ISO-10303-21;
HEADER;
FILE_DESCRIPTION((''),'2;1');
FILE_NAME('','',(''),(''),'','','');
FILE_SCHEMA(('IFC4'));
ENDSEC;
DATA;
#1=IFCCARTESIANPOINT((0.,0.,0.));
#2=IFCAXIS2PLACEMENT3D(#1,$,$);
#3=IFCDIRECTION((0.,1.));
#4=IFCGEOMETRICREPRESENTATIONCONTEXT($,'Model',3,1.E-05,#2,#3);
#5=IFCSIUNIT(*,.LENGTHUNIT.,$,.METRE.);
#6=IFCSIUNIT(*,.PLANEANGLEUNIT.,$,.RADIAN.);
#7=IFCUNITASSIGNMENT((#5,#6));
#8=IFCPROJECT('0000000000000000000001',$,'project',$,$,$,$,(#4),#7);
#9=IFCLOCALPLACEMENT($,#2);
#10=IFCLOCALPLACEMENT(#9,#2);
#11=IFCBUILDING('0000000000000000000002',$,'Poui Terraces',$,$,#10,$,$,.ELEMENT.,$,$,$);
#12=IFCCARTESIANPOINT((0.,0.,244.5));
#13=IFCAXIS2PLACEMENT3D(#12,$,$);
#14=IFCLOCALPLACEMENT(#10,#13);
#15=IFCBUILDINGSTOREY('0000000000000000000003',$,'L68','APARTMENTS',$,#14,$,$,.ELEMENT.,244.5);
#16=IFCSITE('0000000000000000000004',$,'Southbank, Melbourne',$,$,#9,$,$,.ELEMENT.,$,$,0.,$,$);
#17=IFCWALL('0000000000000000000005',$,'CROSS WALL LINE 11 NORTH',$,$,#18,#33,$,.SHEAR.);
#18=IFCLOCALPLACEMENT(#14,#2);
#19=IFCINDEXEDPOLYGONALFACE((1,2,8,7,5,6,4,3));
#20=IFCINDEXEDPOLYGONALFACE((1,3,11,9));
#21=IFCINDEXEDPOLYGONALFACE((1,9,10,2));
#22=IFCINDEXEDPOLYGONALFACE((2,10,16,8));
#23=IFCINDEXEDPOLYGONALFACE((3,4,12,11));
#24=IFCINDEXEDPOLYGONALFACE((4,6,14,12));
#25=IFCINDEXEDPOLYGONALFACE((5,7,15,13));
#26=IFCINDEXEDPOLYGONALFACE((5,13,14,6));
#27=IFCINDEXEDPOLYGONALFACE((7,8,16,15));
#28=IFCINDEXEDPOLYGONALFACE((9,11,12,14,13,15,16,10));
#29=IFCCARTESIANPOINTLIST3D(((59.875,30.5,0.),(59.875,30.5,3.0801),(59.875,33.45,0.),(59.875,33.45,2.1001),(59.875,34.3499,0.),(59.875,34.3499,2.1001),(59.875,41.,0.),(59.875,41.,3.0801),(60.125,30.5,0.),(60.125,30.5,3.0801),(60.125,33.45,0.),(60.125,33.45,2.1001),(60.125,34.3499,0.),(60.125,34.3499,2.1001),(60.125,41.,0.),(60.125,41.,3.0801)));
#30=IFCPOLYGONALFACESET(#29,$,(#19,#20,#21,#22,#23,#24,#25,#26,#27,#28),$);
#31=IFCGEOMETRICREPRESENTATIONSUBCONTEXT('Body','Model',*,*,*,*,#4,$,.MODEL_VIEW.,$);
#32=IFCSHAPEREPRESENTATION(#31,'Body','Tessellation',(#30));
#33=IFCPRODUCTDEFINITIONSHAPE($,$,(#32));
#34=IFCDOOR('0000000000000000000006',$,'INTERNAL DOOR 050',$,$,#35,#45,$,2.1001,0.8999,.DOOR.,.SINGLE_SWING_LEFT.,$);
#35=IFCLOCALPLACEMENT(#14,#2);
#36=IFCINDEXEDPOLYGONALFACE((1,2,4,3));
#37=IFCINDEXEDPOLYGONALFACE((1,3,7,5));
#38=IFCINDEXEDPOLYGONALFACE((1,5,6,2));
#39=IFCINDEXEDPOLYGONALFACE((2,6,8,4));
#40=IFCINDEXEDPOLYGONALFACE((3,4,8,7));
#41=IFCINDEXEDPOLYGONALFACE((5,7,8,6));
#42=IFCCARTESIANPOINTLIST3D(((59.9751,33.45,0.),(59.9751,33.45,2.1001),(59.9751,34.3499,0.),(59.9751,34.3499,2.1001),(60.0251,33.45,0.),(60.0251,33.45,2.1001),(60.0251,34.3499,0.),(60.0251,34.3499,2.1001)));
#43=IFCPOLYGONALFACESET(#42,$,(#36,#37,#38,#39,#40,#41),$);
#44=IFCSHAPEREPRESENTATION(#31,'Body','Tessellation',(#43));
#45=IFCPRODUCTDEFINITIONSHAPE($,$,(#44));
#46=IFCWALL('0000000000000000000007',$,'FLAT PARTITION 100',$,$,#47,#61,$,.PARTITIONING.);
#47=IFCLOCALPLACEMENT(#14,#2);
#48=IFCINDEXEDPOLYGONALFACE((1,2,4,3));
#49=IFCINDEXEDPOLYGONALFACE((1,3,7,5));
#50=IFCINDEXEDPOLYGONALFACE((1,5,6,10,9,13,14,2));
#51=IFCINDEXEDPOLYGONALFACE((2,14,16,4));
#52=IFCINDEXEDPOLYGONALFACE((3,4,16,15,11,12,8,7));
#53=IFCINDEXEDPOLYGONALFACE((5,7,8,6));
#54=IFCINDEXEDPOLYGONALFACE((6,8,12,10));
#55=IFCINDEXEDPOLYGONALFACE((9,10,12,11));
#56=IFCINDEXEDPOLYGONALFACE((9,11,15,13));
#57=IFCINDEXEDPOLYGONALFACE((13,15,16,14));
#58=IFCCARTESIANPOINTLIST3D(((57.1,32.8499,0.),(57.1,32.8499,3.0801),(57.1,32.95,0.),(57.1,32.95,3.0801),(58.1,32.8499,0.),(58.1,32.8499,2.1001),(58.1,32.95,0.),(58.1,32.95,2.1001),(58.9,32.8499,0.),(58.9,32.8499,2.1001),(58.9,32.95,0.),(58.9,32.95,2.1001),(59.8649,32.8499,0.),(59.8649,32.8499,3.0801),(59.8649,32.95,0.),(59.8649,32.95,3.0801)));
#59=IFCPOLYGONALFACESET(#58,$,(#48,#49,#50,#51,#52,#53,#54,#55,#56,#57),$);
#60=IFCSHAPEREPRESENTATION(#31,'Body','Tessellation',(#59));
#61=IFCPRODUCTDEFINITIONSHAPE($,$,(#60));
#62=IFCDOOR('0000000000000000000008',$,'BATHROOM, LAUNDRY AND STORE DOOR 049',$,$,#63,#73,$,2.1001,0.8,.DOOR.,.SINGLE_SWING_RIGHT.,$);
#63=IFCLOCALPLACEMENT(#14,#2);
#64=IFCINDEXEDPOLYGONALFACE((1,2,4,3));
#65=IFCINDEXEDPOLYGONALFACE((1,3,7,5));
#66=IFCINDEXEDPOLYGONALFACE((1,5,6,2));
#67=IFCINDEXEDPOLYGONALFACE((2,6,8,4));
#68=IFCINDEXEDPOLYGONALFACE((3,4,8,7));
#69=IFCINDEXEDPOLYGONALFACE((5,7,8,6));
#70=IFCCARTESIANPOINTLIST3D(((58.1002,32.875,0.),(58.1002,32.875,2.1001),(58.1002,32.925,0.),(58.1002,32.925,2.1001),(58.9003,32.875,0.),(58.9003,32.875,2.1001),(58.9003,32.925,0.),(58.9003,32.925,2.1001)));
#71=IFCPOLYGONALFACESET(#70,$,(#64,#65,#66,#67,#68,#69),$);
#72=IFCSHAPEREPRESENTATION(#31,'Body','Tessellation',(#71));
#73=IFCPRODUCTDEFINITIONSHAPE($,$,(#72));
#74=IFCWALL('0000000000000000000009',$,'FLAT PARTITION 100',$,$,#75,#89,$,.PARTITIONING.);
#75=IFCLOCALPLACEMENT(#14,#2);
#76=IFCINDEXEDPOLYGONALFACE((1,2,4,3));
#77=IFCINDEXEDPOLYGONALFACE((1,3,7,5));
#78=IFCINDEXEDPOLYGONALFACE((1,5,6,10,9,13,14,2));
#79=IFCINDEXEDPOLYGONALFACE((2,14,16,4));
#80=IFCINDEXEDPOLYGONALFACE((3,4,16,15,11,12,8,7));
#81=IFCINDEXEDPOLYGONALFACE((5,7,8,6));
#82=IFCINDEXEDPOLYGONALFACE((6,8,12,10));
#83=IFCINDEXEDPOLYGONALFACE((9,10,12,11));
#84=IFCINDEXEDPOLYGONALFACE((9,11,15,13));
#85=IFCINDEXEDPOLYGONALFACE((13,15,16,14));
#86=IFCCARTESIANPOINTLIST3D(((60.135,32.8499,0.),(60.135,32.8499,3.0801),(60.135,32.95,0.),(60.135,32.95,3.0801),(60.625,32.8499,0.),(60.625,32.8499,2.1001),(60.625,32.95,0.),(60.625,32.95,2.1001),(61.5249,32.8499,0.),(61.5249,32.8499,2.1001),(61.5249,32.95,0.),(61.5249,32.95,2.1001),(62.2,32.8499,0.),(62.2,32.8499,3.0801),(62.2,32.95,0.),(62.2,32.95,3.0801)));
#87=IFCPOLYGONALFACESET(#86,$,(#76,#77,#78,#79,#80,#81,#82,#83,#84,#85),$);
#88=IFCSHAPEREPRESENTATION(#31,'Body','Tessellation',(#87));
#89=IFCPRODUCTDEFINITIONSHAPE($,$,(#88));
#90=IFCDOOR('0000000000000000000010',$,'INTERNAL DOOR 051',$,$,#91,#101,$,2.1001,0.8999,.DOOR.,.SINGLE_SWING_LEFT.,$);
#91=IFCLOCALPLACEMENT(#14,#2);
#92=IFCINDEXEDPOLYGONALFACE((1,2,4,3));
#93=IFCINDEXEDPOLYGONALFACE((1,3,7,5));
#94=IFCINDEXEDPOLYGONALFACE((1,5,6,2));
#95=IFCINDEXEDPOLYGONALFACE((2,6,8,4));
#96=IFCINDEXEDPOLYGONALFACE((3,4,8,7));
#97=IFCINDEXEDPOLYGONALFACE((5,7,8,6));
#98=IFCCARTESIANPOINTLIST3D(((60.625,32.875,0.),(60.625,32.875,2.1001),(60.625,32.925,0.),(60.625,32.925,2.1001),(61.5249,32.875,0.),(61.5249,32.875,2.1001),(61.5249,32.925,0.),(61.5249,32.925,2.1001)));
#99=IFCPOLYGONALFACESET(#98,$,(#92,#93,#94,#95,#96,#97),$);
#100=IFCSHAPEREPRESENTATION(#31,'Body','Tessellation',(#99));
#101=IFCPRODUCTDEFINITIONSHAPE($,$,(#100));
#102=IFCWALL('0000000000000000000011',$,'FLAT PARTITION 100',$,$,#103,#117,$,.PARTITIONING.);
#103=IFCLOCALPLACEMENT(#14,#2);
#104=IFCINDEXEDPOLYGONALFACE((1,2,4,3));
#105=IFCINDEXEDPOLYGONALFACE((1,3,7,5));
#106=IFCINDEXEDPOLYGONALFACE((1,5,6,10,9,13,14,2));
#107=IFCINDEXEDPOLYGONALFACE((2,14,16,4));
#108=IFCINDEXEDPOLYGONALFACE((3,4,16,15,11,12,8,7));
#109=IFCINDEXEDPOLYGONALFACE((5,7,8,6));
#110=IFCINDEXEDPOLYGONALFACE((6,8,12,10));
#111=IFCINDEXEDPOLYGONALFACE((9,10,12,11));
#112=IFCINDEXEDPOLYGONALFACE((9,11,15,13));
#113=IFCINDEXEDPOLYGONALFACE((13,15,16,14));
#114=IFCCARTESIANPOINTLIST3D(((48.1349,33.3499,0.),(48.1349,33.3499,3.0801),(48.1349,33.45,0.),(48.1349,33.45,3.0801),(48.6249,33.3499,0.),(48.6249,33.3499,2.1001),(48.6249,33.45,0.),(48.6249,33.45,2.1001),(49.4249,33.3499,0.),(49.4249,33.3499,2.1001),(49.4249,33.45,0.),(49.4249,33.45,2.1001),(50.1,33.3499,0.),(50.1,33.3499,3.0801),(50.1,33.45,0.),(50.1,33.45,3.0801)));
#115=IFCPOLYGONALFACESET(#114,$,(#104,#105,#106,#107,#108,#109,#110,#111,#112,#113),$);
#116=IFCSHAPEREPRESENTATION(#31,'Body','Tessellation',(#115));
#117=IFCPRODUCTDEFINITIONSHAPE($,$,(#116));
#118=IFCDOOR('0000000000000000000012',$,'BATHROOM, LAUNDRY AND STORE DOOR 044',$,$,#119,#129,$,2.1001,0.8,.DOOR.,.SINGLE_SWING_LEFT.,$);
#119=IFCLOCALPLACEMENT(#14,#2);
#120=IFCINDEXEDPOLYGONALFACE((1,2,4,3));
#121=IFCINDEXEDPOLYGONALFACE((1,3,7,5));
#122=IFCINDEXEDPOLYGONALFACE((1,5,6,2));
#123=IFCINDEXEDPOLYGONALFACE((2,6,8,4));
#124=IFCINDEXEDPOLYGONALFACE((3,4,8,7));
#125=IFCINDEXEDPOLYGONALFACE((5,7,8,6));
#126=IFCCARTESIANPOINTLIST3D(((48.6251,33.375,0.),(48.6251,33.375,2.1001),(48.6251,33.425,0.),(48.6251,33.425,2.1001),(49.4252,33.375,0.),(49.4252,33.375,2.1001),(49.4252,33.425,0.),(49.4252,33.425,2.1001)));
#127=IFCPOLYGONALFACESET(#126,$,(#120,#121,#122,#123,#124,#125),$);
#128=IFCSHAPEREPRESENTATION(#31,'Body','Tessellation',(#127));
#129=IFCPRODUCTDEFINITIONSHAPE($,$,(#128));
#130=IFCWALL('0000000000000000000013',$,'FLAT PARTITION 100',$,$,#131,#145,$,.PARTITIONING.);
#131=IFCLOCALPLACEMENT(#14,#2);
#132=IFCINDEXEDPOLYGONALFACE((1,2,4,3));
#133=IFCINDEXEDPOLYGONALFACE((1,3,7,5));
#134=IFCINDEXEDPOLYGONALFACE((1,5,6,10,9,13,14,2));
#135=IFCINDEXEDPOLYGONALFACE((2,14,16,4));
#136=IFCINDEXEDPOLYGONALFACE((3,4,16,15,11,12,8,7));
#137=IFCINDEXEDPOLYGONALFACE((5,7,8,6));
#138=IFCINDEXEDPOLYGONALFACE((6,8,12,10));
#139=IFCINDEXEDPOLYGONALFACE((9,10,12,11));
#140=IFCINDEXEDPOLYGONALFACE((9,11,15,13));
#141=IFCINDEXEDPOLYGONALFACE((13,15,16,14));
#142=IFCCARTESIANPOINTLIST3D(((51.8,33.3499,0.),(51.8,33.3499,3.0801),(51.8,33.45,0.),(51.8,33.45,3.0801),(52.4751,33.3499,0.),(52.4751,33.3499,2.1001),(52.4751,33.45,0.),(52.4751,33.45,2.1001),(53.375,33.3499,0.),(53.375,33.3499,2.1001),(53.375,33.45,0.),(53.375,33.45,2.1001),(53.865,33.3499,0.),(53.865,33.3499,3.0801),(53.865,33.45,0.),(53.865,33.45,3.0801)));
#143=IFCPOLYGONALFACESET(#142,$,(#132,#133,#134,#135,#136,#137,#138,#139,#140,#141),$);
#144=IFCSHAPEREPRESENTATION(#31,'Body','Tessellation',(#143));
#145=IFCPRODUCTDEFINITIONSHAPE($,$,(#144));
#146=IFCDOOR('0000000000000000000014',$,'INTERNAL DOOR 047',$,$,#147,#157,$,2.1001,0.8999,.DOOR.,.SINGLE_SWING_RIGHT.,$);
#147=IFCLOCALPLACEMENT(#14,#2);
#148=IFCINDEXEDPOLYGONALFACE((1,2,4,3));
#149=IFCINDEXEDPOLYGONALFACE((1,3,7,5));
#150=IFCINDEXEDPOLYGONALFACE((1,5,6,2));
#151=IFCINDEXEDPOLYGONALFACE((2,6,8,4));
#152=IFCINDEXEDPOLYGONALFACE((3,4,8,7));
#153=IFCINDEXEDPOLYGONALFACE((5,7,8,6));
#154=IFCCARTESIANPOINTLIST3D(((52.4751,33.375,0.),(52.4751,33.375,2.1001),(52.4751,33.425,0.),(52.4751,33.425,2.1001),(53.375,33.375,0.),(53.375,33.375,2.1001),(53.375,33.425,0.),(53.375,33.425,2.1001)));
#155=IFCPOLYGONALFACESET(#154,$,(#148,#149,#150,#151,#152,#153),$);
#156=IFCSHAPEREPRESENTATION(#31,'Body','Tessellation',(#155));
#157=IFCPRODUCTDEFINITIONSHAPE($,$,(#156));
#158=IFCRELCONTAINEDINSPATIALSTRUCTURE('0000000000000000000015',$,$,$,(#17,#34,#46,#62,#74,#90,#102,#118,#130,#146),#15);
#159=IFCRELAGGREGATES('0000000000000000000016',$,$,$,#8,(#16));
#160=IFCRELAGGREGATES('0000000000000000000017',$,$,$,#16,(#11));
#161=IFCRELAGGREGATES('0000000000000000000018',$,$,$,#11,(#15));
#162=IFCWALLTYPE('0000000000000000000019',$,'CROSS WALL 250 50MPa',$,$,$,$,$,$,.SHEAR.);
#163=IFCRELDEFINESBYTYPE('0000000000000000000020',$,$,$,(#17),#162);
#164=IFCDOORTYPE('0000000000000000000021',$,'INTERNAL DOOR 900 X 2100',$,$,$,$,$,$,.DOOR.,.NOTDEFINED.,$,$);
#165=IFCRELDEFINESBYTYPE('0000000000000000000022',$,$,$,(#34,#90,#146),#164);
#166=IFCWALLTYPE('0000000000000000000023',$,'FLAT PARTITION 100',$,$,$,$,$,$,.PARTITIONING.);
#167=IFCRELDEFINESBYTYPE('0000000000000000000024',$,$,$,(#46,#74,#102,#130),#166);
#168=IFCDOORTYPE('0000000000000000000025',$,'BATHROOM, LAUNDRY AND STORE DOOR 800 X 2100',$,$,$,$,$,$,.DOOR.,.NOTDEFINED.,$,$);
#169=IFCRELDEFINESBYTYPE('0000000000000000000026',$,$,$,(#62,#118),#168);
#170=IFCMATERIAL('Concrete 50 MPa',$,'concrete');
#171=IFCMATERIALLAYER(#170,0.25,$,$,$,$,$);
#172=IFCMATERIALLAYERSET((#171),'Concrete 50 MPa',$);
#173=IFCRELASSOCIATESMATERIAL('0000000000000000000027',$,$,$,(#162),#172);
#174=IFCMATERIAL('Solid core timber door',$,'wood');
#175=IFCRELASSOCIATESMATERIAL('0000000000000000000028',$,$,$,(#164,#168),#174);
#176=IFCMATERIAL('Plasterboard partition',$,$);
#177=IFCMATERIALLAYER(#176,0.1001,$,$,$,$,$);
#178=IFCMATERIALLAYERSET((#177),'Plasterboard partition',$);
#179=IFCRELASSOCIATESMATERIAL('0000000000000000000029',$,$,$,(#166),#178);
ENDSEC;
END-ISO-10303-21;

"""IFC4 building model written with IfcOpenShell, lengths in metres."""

from ifc_helpers import new_model, si_unit, direction, frame, frame_2d, origin, place, context, subcontext, project, spatial, rectangle, extrude, material, layer, layer_set, type_object, element, fill, save


model = new_model("IFC4")

# Units and contexts
model_context = context("Model", 3, precision=1e-05, world=origin(), true_north=direction((0.0, 1.0)))
body_context = subcontext(model_context, "Body", "Model", "MODEL_VIEW")
ifc_project = project(units=[si_unit("LENGTHUNIT", "METRE"), si_unit("PLANEANGLEUNIT", "RADIAN")], contexts=[model_context])

# Site, building, storey
site_placement = place(None, origin())
site = spatial("IfcSite", under=ifc_project, at=site_placement, Name="Southbank, Melbourne", CompositionType="ELEMENT", RefElevation=0.0)
building_placement = place(site_placement, origin())
building = spatial("IfcBuilding", under=site, at=building_placement, Name="Poui Terraces", CompositionType="ELEMENT")
storey_placement = place(building_placement, frame((0.0, 0.0, 244.5)))
storey = spatial("IfcBuildingStorey", under=building, at=storey_placement, Name="L68", Description="APARTMENTS", CompositionType="ELEMENT", Elevation=244.5)

# Walls, openings, doors
ifc_material_1 = material(Name="Concrete 50 MPa", Category="concrete")
ifc_layer_1 = layer(ifc_material_1, 0.25)
ifc_layer_set_1 = layer_set([ifc_layer_1], Name="Concrete 50 MPa")
wall_type_1 = type_object("IfcWallType", Name="CROSS WALL 250 50MPa", PredefinedType="SHEAR", material=ifc_layer_set_1)
wall_1_placement = place(storey_placement, frame((60.0, 30.5, 0.0), z_axis=(0.0, 0.0, 1.0), x_axis=(0.0, 1.0, 0.0)))
wall_1 = element("IfcWall", 1, at=wall_1_placement, inside=storey, type_object=wall_type_1, Name="CROSS WALL LINE 11 NORTH", PredefinedType="SHEAR", context=body_context, shape_type="SweptSolid", body=[
    extrude(rectangle(XDim=10.5, YDim=0.25, at=frame_2d((5.25, 0.0))), origin(), (0.0, 0.0, 1.0), 3.0801),
])
opening_1_placement = place(wall_1_placement, frame((2.95, 0.0, 0.0)))
opening_1 = element("IfcOpeningElement", 2, at=opening_1_placement, cuts=wall_1, PredefinedType="OPENING", context=body_context, shape_type="SweptSolid", body=[
    extrude(rectangle(XDim=0.8999, YDim=2.1001, at=frame_2d((0.45, 1.05))), frame((0.0, 0.135, 0.0), z_axis=(0.0, -1.0, 0.0), x_axis=(1.0, 0.0, 0.0)), (0.0, 0.0, 1.0), 0.27),
])
ifc_material_2 = material(Name="Solid core timber door", Category="wood")
door_type_1 = type_object("IfcDoorType", Name="INTERNAL DOOR 900 X 2100", OperationType="NOTDEFINED", PredefinedType="DOOR", material=ifc_material_2)
door_1_placement = place(opening_1_placement, origin())
door_1 = element("IfcDoor", 3, at=door_1_placement, inside=storey, type_object=door_type_1, Name="INTERNAL DOOR 050", OperationType="SINGLE_SWING_LEFT", OverallHeight=2.1001, OverallWidth=0.8999, PredefinedType="DOOR", context=body_context, shape_type="SweptSolid", body=[
    extrude(rectangle(XDim=0.8999, YDim=2.1001, at=frame_2d((0.45, 1.05))), frame((0.0, 0.0249, 0.0), z_axis=(0.0, -1.0, 0.0), x_axis=(1.0, 0.0, 0.0)), (0.0, 0.0, 1.0), 0.05),
])
fill(opening_1, door_1)
ifc_material_3 = material(Name="Plasterboard partition")
ifc_layer_2 = layer(ifc_material_3, 0.1001)
ifc_layer_set_2 = layer_set([ifc_layer_2], Name="Plasterboard partition")
wall_type_2 = type_object("IfcWallType", Name="FLAT PARTITION 100", PredefinedType="PARTITIONING", material=ifc_layer_set_2)
wall_2_placement = place(storey_placement, frame((57.1001, 32.8999, 0.0), z_axis=(0.0, 0.0, 1.0), x_axis=(1.0, 0.0, 0.0)))
wall_2 = element("IfcWall", 4, at=wall_2_placement, inside=storey, type_object=wall_type_2, Name="FLAT PARTITION 100", PredefinedType="PARTITIONING", context=body_context, shape_type="SweptSolid", body=[
    extrude(rectangle(XDim=2.7649, YDim=0.1001, at=frame_2d((1.3823, 0.0))), origin(), (0.0, 0.0, 1.0), 3.0801),
])
opening_2_placement = place(wall_2_placement, frame((1.0, 0.0, 0.0)))
opening_2 = element("IfcOpeningElement", 5, at=opening_2_placement, cuts=wall_2, PredefinedType="OPENING", context=body_context, shape_type="SweptSolid", body=[
    extrude(rectangle(XDim=0.8, YDim=2.1001, at=frame_2d((0.3999, 1.05))), frame((0.0, 0.0601, 0.0), z_axis=(0.0, -1.0, 0.0), x_axis=(1.0, 0.0, 0.0)), (0.0, 0.0, 1.0), 0.1201),
])
door_type_2 = type_object("IfcDoorType", Name="BATHROOM, LAUNDRY AND STORE DOOR 800 X 2100", OperationType="NOTDEFINED", PredefinedType="DOOR", material=ifc_material_2)
door_2_placement = place(opening_2_placement, frame((0.8, 0.0, 0.0), z_axis=(0.0, 0.0, 1.0), x_axis=(-1.0, 0.0, 0.0)))
door_2 = element("IfcDoor", 6, at=door_2_placement, inside=storey, type_object=door_type_2, Name="BATHROOM, LAUNDRY AND STORE DOOR 049", OperationType="SINGLE_SWING_RIGHT", OverallHeight=2.1001, OverallWidth=0.8, PredefinedType="DOOR", context=body_context, shape_type="SweptSolid", body=[
    extrude(rectangle(XDim=0.8, YDim=2.1001, at=frame_2d((0.3999, 1.05))), frame((0.0, 0.0249, 0.0), z_axis=(0.0, -1.0, 0.0), x_axis=(1.0, 0.0, 0.0)), (0.0, 0.0, 1.0), 0.05),
])
fill(opening_2, door_2)
wall_3_placement = place(storey_placement, frame((60.135, 32.8999, 0.0), z_axis=(0.0, 0.0, 1.0), x_axis=(1.0, 0.0, 0.0)))
wall_3 = element("IfcWall", 7, at=wall_3_placement, inside=storey, type_object=wall_type_2, Name="FLAT PARTITION 100", PredefinedType="PARTITIONING", context=body_context, shape_type="SweptSolid", body=[
    extrude(rectangle(XDim=2.0649, YDim=0.1001, at=frame_2d((1.0325, 0.0))), origin(), (0.0, 0.0, 1.0), 3.0801),
])
opening_3_placement = place(wall_3_placement, frame((0.49, 0.0, 0.0)))
opening_3 = element("IfcOpeningElement", 8, at=opening_3_placement, cuts=wall_3, PredefinedType="OPENING", context=body_context, shape_type="SweptSolid", body=[
    extrude(rectangle(XDim=0.8999, YDim=2.1001, at=frame_2d((0.45, 1.05))), frame((0.0, 0.0601, 0.0), z_axis=(0.0, -1.0, 0.0), x_axis=(1.0, 0.0, 0.0)), (0.0, 0.0, 1.0), 0.1201),
])
door_3_placement = place(opening_3_placement, frame((0.8999, 0.0, 0.0), z_axis=(0.0, 0.0, 1.0), x_axis=(-1.0, 0.0, 0.0)))
door_3 = element("IfcDoor", 9, at=door_3_placement, inside=storey, type_object=door_type_1, Name="INTERNAL DOOR 051", OperationType="SINGLE_SWING_LEFT", OverallHeight=2.1001, OverallWidth=0.8999, PredefinedType="DOOR", context=body_context, shape_type="SweptSolid", body=[
    extrude(rectangle(XDim=0.8999, YDim=2.1001, at=frame_2d((0.45, 1.05))), frame((0.0, 0.0249, 0.0), z_axis=(0.0, -1.0, 0.0), x_axis=(1.0, 0.0, 0.0)), (0.0, 0.0, 1.0), 0.05),
])
fill(opening_3, door_3)
wall_4_placement = place(storey_placement, frame((48.135, 33.3999, 0.0), z_axis=(0.0, 0.0, 1.0), x_axis=(1.0, 0.0, 0.0)))
wall_4 = element("IfcWall", 10, at=wall_4_placement, inside=storey, type_object=wall_type_2, Name="FLAT PARTITION 100", PredefinedType="PARTITIONING", context=body_context, shape_type="SweptSolid", body=[
    extrude(rectangle(XDim=1.9651, YDim=0.1001, at=frame_2d((0.9824, 0.0))), origin(), (0.0, 0.0, 1.0), 3.0801),
])
opening_4_placement = place(wall_4_placement, frame((0.49, 0.0, 0.0)))
opening_4 = element("IfcOpeningElement", 11, at=opening_4_placement, cuts=wall_4, PredefinedType="OPENING", context=body_context, shape_type="SweptSolid", body=[
    extrude(rectangle(XDim=0.8, YDim=2.1001, at=frame_2d((0.3999, 1.05))), frame((0.0, 0.0601, 0.0), z_axis=(0.0, -1.0, 0.0), x_axis=(1.0, 0.0, 0.0)), (0.0, 0.0, 1.0), 0.1201),
])
door_4_placement = place(opening_4_placement, frame((0.8, 0.0, 0.0), z_axis=(0.0, 0.0, 1.0), x_axis=(-1.0, 0.0, 0.0)))
door_4 = element("IfcDoor", 12, at=door_4_placement, inside=storey, type_object=door_type_2, Name="BATHROOM, LAUNDRY AND STORE DOOR 044", OperationType="SINGLE_SWING_LEFT", OverallHeight=2.1001, OverallWidth=0.8, PredefinedType="DOOR", context=body_context, shape_type="SweptSolid", body=[
    extrude(rectangle(XDim=0.8, YDim=2.1001, at=frame_2d((0.3999, 1.05))), frame((0.0, 0.0249, 0.0), z_axis=(0.0, -1.0, 0.0), x_axis=(1.0, 0.0, 0.0)), (0.0, 0.0, 1.0), 0.05),
])
fill(opening_4, door_4)
wall_5_placement = place(storey_placement, frame((51.8, 33.3999, 0.0), z_axis=(0.0, 0.0, 1.0), x_axis=(1.0, 0.0, 0.0)))
wall_5 = element("IfcWall", 13, at=wall_5_placement, inside=storey, type_object=wall_type_2, Name="FLAT PARTITION 100", PredefinedType="PARTITIONING", context=body_context, shape_type="SweptSolid", body=[
    extrude(rectangle(XDim=2.0649, YDim=0.1001, at=frame_2d((1.0325, 0.0))), origin(), (0.0, 0.0, 1.0), 3.0801),
])
opening_5_placement = place(wall_5_placement, frame((0.675, 0.0, 0.0)))
opening_5 = element("IfcOpeningElement", 14, at=opening_5_placement, cuts=wall_5, PredefinedType="OPENING", context=body_context, shape_type="SweptSolid", body=[
    extrude(rectangle(XDim=0.8999, YDim=2.1001, at=frame_2d((0.45, 1.05))), frame((0.0, 0.0601, 0.0), z_axis=(0.0, -1.0, 0.0), x_axis=(1.0, 0.0, 0.0)), (0.0, 0.0, 1.0), 0.1201),
])
door_5_placement = place(opening_5_placement, frame((0.8999, 0.0, 0.0), z_axis=(0.0, 0.0, 1.0), x_axis=(-1.0, 0.0, 0.0)))
door_5 = element("IfcDoor", 15, at=door_5_placement, inside=storey, type_object=door_type_1, Name="INTERNAL DOOR 047", OperationType="SINGLE_SWING_RIGHT", OverallHeight=2.1001, OverallWidth=0.8999, PredefinedType="DOOR", context=body_context, shape_type="SweptSolid", body=[
    extrude(rectangle(XDim=0.8999, YDim=2.1001, at=frame_2d((0.45, 1.05))), frame((0.0, 0.0249, 0.0), z_axis=(0.0, -1.0, 0.0), x_axis=(1.0, 0.0, 0.0)), (0.0, 0.0, 1.0), 0.05),
])
fill(opening_5, door_5)

save(model, "model.ifc")
